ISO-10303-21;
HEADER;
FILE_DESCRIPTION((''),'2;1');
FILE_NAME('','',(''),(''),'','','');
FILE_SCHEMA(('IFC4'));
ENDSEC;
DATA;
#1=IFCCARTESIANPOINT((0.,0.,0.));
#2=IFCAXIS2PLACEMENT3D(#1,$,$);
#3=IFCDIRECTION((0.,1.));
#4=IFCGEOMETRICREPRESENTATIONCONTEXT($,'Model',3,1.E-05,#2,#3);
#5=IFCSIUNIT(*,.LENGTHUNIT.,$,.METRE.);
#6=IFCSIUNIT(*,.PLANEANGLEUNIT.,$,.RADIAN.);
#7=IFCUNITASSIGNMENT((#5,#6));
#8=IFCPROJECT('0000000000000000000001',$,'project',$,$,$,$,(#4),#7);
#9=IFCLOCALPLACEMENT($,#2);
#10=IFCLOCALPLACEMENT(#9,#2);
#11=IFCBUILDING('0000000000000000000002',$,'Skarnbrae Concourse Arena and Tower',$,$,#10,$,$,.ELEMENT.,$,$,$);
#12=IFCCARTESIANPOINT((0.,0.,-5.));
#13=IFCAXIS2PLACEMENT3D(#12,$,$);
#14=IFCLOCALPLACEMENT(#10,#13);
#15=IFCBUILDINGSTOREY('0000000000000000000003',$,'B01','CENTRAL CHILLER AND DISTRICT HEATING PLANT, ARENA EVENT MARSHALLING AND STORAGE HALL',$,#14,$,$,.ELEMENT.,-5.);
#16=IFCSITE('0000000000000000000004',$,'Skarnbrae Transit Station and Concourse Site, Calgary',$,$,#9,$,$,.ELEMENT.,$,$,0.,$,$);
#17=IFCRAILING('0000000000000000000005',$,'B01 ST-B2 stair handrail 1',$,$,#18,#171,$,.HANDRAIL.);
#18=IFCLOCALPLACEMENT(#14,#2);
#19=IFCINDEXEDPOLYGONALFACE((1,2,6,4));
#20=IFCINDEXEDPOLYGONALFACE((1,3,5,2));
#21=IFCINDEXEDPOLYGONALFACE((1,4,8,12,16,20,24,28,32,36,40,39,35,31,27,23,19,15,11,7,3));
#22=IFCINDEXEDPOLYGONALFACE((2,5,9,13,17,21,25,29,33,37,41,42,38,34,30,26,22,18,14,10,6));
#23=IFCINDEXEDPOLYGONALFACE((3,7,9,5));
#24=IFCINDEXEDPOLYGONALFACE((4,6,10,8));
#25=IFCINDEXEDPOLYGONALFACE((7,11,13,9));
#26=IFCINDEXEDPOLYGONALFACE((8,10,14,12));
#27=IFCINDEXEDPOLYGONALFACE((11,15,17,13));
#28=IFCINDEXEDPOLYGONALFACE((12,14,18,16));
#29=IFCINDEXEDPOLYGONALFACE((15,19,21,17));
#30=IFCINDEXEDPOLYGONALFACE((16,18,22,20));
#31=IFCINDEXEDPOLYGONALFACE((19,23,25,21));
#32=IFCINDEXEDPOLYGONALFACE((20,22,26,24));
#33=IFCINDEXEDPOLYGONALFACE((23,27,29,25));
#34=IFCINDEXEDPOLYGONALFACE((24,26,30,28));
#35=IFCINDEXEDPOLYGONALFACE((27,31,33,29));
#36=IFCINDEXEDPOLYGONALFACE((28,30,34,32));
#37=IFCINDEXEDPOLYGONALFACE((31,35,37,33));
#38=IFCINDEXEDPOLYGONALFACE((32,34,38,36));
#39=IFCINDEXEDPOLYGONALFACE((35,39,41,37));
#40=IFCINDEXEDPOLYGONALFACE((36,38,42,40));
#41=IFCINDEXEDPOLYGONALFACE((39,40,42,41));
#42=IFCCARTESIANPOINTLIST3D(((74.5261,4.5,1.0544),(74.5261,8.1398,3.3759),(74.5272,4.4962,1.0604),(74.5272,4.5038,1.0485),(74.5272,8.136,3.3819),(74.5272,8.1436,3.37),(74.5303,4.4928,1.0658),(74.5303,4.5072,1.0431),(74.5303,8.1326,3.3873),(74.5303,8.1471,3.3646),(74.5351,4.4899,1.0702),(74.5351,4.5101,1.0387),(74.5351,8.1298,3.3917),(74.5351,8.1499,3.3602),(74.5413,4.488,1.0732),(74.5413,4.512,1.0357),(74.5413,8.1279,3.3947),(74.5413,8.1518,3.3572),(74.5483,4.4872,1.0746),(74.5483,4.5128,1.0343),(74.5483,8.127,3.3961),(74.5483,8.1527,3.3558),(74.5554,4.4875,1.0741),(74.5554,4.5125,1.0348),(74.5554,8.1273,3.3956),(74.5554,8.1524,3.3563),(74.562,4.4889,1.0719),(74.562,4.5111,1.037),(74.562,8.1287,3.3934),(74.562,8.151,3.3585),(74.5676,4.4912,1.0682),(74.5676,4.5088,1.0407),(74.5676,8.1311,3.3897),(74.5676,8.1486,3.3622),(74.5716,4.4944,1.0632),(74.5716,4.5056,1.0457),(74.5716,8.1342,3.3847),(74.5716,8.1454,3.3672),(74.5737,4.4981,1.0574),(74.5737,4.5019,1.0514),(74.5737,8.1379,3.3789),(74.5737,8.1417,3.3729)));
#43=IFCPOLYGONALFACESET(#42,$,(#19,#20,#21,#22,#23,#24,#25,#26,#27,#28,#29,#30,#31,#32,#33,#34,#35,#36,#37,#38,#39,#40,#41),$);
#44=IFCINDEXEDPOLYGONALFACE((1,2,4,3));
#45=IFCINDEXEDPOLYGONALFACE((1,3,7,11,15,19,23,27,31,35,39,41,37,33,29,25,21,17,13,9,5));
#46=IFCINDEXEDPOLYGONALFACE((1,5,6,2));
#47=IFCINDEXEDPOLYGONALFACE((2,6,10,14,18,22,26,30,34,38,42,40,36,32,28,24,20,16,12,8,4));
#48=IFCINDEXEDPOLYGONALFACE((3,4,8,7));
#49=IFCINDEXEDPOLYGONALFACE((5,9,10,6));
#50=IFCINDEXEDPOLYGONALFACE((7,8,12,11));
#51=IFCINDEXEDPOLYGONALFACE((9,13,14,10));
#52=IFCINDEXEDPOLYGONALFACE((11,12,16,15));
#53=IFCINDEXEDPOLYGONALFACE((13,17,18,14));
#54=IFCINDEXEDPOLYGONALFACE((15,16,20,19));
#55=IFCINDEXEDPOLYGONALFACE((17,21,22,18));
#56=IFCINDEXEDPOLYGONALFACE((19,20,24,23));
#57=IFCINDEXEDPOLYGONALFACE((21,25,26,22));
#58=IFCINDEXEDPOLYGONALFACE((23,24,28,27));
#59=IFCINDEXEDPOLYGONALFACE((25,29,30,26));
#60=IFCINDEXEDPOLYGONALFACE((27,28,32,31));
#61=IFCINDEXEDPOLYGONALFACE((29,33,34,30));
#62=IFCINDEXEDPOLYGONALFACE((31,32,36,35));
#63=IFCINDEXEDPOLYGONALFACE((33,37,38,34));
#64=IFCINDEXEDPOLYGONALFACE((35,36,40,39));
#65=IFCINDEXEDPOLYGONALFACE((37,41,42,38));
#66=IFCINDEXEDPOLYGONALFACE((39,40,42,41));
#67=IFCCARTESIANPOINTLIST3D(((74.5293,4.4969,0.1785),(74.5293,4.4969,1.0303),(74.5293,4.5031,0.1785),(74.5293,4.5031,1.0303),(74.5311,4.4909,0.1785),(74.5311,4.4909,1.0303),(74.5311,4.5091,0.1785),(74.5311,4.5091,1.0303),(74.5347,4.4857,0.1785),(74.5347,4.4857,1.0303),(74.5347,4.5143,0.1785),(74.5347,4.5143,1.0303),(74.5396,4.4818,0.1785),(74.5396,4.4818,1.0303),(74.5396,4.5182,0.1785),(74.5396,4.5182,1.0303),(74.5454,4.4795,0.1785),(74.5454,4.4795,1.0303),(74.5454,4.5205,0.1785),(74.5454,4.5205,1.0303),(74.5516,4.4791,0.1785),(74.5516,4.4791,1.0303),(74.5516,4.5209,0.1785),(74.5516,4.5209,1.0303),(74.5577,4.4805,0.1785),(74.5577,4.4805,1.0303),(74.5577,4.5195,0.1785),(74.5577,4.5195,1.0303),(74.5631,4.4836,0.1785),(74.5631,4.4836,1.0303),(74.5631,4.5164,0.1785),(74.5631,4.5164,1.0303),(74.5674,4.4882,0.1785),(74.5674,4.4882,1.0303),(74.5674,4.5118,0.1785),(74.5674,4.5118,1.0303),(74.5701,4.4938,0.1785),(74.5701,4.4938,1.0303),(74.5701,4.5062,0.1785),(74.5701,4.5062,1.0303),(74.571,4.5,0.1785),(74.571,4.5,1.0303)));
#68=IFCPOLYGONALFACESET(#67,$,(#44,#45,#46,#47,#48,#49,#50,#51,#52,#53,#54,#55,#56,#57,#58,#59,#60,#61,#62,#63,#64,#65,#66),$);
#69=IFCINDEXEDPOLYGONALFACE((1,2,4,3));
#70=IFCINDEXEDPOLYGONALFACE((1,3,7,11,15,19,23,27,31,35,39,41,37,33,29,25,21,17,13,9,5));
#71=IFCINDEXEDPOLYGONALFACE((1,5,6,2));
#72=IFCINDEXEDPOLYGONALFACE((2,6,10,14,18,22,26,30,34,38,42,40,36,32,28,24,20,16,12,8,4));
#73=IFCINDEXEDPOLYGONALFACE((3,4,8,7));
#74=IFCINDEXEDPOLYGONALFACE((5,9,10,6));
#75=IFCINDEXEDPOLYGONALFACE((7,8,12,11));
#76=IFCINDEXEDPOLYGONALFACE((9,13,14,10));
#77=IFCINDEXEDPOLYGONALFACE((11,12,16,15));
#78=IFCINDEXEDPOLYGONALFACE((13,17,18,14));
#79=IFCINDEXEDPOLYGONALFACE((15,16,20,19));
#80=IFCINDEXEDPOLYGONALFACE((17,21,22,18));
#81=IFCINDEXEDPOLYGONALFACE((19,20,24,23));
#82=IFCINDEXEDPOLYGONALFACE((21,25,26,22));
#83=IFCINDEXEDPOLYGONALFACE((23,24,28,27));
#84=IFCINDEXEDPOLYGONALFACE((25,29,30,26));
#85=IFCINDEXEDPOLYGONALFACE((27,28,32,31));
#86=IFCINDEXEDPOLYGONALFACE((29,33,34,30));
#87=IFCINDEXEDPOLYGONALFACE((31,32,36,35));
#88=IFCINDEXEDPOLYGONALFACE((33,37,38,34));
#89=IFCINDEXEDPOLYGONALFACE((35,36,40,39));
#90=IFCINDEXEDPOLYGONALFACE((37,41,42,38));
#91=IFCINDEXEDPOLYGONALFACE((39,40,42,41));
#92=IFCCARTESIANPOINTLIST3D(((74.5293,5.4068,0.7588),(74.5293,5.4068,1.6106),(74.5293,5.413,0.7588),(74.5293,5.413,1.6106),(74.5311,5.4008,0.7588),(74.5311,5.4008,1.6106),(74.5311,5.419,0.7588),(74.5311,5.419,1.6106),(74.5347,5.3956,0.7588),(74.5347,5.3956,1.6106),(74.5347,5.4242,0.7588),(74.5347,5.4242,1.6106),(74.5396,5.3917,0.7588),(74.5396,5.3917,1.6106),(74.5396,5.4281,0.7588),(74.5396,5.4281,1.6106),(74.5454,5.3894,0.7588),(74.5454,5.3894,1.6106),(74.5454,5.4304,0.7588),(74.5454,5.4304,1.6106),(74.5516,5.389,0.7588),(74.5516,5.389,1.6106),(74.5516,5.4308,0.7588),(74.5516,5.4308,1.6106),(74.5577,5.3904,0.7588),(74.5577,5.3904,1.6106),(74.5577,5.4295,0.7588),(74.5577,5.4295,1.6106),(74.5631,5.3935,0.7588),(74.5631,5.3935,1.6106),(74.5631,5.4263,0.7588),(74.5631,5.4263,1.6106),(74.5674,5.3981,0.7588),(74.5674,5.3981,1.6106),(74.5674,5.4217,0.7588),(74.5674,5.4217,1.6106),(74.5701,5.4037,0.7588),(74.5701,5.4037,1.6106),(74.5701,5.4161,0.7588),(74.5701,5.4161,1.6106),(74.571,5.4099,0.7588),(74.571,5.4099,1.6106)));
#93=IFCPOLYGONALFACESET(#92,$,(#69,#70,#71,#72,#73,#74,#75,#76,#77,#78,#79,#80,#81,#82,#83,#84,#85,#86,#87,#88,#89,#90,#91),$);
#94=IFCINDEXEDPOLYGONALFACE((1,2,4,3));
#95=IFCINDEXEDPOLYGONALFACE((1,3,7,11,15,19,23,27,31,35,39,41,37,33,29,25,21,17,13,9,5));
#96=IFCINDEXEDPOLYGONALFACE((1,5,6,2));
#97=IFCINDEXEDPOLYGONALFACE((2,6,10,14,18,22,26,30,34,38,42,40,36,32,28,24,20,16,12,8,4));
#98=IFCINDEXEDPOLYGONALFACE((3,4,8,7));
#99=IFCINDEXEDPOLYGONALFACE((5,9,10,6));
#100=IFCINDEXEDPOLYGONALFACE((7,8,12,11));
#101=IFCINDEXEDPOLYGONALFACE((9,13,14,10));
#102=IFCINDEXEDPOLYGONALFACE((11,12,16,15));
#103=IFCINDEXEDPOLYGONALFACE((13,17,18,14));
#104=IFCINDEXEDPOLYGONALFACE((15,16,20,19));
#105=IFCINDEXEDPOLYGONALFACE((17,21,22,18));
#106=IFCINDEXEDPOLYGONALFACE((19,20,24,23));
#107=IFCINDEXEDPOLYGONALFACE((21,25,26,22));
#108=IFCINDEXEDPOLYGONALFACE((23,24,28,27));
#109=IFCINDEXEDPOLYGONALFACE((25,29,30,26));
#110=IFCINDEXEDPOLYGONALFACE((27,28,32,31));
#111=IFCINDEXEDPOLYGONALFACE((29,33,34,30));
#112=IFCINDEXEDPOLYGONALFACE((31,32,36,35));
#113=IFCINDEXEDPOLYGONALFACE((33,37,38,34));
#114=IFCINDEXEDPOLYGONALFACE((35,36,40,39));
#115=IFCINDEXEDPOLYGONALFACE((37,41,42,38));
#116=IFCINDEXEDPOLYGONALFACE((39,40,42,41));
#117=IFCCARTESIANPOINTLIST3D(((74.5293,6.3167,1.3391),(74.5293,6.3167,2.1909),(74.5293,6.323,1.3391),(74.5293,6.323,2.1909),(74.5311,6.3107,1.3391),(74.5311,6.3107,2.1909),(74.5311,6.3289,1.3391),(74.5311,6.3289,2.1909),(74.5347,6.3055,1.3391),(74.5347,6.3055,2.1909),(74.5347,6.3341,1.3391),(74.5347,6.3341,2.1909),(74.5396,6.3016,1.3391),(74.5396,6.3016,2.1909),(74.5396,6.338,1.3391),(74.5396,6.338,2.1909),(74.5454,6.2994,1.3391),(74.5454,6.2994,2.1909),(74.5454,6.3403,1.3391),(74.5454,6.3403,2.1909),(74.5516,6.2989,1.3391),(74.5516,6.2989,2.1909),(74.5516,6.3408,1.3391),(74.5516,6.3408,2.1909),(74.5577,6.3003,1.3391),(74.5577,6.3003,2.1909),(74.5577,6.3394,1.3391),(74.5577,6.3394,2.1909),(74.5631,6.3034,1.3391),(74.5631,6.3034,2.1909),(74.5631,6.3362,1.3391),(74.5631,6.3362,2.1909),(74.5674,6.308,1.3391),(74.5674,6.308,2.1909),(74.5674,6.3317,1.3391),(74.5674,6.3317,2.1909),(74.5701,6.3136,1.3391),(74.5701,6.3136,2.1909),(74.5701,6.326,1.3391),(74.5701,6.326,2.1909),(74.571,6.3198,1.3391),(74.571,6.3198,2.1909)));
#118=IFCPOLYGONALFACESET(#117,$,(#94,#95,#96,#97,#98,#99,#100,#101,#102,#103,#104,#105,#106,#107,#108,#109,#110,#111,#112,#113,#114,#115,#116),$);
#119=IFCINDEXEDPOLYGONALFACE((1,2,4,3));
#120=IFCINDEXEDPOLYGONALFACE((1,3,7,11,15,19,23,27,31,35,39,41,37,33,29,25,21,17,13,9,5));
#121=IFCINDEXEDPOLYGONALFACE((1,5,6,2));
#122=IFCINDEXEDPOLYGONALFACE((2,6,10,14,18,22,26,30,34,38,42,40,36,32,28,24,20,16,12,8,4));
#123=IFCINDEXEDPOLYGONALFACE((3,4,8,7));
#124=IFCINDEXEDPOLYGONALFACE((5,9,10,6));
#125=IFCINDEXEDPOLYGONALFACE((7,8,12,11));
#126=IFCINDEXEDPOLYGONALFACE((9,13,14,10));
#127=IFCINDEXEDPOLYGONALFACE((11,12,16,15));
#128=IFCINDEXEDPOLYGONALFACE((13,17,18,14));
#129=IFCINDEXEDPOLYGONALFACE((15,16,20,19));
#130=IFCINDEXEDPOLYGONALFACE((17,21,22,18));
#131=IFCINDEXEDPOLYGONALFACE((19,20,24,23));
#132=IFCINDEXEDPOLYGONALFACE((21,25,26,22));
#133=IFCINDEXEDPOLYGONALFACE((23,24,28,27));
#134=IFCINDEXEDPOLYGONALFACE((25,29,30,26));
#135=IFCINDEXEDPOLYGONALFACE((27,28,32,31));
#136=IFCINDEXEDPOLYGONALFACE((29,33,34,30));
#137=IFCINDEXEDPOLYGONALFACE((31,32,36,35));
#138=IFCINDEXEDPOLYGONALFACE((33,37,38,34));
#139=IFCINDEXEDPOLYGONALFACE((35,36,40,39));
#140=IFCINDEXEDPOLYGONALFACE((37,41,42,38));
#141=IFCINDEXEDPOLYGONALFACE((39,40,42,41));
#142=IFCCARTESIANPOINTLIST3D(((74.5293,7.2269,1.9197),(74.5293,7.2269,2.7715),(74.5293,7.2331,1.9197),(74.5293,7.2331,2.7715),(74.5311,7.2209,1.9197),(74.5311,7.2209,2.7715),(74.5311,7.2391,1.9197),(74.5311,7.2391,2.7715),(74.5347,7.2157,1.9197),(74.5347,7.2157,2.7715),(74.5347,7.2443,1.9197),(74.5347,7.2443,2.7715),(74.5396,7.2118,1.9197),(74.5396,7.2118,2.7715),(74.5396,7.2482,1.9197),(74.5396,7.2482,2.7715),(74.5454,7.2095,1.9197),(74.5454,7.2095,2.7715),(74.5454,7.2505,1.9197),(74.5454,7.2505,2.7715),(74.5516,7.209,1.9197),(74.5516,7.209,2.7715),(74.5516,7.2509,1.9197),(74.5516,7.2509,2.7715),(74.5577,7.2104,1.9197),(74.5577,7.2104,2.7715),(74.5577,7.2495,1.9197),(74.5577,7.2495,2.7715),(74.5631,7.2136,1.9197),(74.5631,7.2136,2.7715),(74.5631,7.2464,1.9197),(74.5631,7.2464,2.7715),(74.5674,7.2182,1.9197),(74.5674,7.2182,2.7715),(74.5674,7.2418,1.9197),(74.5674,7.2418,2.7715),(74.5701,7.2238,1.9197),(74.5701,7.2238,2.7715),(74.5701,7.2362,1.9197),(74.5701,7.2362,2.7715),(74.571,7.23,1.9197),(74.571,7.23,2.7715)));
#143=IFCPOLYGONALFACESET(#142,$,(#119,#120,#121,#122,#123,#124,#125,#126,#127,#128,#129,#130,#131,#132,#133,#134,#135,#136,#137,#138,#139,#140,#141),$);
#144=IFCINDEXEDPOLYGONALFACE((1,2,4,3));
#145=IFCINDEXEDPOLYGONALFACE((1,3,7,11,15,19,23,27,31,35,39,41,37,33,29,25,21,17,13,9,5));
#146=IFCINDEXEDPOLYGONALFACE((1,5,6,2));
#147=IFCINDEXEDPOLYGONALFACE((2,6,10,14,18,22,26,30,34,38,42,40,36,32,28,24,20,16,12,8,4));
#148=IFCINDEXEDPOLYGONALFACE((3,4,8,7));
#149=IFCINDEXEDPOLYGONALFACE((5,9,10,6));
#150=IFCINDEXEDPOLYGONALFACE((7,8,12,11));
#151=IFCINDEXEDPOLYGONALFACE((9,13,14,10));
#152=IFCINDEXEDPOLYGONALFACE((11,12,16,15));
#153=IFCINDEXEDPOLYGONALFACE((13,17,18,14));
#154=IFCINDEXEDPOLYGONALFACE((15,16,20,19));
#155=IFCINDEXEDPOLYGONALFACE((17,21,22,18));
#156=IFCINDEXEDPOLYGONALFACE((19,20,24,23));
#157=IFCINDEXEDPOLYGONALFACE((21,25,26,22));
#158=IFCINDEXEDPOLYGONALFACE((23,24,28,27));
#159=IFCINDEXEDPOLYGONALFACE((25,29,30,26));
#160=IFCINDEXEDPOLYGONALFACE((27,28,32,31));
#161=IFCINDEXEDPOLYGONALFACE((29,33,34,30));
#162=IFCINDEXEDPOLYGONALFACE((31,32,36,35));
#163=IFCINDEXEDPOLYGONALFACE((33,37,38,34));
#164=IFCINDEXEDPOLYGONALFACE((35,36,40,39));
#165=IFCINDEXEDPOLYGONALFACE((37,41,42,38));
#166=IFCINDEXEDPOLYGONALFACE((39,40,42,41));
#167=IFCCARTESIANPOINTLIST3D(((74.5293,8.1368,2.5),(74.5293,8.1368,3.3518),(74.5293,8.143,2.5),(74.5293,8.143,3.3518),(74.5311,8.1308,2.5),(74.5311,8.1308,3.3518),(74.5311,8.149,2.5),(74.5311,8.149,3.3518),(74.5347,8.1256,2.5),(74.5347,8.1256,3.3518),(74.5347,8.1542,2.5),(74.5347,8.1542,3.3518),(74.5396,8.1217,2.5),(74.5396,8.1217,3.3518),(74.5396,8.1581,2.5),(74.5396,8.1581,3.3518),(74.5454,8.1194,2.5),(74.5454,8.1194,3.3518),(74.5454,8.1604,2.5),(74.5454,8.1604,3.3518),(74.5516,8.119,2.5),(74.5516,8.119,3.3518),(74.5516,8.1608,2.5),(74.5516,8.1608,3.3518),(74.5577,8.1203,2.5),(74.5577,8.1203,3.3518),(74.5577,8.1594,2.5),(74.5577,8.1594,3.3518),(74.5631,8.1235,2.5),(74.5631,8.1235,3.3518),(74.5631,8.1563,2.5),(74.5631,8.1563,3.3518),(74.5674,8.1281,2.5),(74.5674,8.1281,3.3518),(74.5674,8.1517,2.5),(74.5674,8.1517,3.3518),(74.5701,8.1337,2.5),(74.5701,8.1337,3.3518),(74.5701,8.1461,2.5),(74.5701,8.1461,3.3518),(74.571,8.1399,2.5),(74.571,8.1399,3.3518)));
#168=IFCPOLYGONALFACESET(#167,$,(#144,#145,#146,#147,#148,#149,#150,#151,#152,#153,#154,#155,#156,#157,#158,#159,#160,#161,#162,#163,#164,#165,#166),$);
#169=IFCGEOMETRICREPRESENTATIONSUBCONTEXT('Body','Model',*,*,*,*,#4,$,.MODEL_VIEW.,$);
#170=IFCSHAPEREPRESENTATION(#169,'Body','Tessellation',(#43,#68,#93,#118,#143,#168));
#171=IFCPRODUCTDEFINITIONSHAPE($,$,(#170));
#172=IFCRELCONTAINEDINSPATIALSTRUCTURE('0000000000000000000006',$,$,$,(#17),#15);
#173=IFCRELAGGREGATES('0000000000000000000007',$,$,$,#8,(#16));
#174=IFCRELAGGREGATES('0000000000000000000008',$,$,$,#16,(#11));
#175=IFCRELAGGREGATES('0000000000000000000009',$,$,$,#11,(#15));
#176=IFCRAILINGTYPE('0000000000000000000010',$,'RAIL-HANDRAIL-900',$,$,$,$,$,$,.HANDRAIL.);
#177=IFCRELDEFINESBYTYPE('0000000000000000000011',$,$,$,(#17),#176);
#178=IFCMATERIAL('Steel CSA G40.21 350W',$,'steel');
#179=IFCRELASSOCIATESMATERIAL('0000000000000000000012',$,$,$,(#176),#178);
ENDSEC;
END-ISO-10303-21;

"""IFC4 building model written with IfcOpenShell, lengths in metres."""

from ifc_helpers import new_model, si_unit, direction, frame, origin, origin_2d, place, context, subcontext, project, spatial, circle, extrude, material, type_object, element, save


model = new_model("IFC4")

# Units and contexts
model_context = context("Model", 3, precision=1e-05, world=origin(), true_north=direction((0.0, 1.0)))
body_context = subcontext(model_context, "Body", "Model", "MODEL_VIEW")
ifc_project = project(units=[si_unit("LENGTHUNIT", "METRE"), si_unit("PLANEANGLEUNIT", "RADIAN")], contexts=[model_context])

# Site, building, storey
site_placement = place(None, origin())
site = spatial("IfcSite", under=ifc_project, at=site_placement, Name="Skarnbrae Transit Station and Concourse Site, Calgary", CompositionType="ELEMENT", RefElevation=0.0)
building_placement = place(site_placement, origin())
building = spatial("IfcBuilding", under=site, at=building_placement, Name="Skarnbrae Concourse Arena and Tower", CompositionType="ELEMENT")
storey_placement = place(building_placement, frame((0.0, 0.0, -5.0)))
storey = spatial("IfcBuildingStorey", under=building, at=storey_placement, Name="B01", Description="CENTRAL CHILLER AND DISTRICT HEATING PLANT, ARENA EVENT MARSHALLING AND STORAGE HALL", CompositionType="ELEMENT", Elevation=-5.0)

# Shared definitions
ifc_material_1 = material(Name="Steel CSA G40.21 350W", Category="steel")

# Railing
railing_type_1 = type_object("IfcRailingType", Name="RAIL-HANDRAIL-900", PredefinedType="HANDRAIL", material=ifc_material_1)
railing_1_placement = place(storey_placement, frame((74.55, 4.5, 0.1785)))
element("IfcRailing", 1, at=railing_1_placement, inside=storey, type_object=railing_type_1, Name="B01 ST-B2 stair handrail 1", PredefinedType="HANDRAIL", context=body_context, shape_type="SweptSolid", body=[
    extrude(circle(Radius=0.0239, at=origin_2d()), frame((0.0, 0.0, 0.876), z_axis=(0.0, 0.843112, 0.537739), x_axis=(-1.0, 0.0, 0.0)), (0.0, 0.0, 1.0), 4.3171),
    extrude(circle(Radius=0.021, at=origin_2d()), origin(), (0.0, 0.0, 1.0), 0.8518),
    extrude(circle(Radius=0.021, at=origin_2d()), frame((0.0, 0.9099, 0.5803)), (0.0, 0.0, 1.0), 0.8518),
    extrude(circle(Radius=0.021, at=origin_2d()), frame((0.0, 1.8198, 1.1606)), (0.0, 0.0, 1.0), 0.8518),
    extrude(circle(Radius=0.021, at=origin_2d()), frame((0.0, 2.73, 1.7412)), (0.0, 0.0, 1.0), 0.8518),
    extrude(circle(Radius=0.021, at=origin_2d()), frame((0.0, 3.6399, 2.3215)), (0.0, 0.0, 1.0), 0.8518),
])

save(model, "model.ifc")
